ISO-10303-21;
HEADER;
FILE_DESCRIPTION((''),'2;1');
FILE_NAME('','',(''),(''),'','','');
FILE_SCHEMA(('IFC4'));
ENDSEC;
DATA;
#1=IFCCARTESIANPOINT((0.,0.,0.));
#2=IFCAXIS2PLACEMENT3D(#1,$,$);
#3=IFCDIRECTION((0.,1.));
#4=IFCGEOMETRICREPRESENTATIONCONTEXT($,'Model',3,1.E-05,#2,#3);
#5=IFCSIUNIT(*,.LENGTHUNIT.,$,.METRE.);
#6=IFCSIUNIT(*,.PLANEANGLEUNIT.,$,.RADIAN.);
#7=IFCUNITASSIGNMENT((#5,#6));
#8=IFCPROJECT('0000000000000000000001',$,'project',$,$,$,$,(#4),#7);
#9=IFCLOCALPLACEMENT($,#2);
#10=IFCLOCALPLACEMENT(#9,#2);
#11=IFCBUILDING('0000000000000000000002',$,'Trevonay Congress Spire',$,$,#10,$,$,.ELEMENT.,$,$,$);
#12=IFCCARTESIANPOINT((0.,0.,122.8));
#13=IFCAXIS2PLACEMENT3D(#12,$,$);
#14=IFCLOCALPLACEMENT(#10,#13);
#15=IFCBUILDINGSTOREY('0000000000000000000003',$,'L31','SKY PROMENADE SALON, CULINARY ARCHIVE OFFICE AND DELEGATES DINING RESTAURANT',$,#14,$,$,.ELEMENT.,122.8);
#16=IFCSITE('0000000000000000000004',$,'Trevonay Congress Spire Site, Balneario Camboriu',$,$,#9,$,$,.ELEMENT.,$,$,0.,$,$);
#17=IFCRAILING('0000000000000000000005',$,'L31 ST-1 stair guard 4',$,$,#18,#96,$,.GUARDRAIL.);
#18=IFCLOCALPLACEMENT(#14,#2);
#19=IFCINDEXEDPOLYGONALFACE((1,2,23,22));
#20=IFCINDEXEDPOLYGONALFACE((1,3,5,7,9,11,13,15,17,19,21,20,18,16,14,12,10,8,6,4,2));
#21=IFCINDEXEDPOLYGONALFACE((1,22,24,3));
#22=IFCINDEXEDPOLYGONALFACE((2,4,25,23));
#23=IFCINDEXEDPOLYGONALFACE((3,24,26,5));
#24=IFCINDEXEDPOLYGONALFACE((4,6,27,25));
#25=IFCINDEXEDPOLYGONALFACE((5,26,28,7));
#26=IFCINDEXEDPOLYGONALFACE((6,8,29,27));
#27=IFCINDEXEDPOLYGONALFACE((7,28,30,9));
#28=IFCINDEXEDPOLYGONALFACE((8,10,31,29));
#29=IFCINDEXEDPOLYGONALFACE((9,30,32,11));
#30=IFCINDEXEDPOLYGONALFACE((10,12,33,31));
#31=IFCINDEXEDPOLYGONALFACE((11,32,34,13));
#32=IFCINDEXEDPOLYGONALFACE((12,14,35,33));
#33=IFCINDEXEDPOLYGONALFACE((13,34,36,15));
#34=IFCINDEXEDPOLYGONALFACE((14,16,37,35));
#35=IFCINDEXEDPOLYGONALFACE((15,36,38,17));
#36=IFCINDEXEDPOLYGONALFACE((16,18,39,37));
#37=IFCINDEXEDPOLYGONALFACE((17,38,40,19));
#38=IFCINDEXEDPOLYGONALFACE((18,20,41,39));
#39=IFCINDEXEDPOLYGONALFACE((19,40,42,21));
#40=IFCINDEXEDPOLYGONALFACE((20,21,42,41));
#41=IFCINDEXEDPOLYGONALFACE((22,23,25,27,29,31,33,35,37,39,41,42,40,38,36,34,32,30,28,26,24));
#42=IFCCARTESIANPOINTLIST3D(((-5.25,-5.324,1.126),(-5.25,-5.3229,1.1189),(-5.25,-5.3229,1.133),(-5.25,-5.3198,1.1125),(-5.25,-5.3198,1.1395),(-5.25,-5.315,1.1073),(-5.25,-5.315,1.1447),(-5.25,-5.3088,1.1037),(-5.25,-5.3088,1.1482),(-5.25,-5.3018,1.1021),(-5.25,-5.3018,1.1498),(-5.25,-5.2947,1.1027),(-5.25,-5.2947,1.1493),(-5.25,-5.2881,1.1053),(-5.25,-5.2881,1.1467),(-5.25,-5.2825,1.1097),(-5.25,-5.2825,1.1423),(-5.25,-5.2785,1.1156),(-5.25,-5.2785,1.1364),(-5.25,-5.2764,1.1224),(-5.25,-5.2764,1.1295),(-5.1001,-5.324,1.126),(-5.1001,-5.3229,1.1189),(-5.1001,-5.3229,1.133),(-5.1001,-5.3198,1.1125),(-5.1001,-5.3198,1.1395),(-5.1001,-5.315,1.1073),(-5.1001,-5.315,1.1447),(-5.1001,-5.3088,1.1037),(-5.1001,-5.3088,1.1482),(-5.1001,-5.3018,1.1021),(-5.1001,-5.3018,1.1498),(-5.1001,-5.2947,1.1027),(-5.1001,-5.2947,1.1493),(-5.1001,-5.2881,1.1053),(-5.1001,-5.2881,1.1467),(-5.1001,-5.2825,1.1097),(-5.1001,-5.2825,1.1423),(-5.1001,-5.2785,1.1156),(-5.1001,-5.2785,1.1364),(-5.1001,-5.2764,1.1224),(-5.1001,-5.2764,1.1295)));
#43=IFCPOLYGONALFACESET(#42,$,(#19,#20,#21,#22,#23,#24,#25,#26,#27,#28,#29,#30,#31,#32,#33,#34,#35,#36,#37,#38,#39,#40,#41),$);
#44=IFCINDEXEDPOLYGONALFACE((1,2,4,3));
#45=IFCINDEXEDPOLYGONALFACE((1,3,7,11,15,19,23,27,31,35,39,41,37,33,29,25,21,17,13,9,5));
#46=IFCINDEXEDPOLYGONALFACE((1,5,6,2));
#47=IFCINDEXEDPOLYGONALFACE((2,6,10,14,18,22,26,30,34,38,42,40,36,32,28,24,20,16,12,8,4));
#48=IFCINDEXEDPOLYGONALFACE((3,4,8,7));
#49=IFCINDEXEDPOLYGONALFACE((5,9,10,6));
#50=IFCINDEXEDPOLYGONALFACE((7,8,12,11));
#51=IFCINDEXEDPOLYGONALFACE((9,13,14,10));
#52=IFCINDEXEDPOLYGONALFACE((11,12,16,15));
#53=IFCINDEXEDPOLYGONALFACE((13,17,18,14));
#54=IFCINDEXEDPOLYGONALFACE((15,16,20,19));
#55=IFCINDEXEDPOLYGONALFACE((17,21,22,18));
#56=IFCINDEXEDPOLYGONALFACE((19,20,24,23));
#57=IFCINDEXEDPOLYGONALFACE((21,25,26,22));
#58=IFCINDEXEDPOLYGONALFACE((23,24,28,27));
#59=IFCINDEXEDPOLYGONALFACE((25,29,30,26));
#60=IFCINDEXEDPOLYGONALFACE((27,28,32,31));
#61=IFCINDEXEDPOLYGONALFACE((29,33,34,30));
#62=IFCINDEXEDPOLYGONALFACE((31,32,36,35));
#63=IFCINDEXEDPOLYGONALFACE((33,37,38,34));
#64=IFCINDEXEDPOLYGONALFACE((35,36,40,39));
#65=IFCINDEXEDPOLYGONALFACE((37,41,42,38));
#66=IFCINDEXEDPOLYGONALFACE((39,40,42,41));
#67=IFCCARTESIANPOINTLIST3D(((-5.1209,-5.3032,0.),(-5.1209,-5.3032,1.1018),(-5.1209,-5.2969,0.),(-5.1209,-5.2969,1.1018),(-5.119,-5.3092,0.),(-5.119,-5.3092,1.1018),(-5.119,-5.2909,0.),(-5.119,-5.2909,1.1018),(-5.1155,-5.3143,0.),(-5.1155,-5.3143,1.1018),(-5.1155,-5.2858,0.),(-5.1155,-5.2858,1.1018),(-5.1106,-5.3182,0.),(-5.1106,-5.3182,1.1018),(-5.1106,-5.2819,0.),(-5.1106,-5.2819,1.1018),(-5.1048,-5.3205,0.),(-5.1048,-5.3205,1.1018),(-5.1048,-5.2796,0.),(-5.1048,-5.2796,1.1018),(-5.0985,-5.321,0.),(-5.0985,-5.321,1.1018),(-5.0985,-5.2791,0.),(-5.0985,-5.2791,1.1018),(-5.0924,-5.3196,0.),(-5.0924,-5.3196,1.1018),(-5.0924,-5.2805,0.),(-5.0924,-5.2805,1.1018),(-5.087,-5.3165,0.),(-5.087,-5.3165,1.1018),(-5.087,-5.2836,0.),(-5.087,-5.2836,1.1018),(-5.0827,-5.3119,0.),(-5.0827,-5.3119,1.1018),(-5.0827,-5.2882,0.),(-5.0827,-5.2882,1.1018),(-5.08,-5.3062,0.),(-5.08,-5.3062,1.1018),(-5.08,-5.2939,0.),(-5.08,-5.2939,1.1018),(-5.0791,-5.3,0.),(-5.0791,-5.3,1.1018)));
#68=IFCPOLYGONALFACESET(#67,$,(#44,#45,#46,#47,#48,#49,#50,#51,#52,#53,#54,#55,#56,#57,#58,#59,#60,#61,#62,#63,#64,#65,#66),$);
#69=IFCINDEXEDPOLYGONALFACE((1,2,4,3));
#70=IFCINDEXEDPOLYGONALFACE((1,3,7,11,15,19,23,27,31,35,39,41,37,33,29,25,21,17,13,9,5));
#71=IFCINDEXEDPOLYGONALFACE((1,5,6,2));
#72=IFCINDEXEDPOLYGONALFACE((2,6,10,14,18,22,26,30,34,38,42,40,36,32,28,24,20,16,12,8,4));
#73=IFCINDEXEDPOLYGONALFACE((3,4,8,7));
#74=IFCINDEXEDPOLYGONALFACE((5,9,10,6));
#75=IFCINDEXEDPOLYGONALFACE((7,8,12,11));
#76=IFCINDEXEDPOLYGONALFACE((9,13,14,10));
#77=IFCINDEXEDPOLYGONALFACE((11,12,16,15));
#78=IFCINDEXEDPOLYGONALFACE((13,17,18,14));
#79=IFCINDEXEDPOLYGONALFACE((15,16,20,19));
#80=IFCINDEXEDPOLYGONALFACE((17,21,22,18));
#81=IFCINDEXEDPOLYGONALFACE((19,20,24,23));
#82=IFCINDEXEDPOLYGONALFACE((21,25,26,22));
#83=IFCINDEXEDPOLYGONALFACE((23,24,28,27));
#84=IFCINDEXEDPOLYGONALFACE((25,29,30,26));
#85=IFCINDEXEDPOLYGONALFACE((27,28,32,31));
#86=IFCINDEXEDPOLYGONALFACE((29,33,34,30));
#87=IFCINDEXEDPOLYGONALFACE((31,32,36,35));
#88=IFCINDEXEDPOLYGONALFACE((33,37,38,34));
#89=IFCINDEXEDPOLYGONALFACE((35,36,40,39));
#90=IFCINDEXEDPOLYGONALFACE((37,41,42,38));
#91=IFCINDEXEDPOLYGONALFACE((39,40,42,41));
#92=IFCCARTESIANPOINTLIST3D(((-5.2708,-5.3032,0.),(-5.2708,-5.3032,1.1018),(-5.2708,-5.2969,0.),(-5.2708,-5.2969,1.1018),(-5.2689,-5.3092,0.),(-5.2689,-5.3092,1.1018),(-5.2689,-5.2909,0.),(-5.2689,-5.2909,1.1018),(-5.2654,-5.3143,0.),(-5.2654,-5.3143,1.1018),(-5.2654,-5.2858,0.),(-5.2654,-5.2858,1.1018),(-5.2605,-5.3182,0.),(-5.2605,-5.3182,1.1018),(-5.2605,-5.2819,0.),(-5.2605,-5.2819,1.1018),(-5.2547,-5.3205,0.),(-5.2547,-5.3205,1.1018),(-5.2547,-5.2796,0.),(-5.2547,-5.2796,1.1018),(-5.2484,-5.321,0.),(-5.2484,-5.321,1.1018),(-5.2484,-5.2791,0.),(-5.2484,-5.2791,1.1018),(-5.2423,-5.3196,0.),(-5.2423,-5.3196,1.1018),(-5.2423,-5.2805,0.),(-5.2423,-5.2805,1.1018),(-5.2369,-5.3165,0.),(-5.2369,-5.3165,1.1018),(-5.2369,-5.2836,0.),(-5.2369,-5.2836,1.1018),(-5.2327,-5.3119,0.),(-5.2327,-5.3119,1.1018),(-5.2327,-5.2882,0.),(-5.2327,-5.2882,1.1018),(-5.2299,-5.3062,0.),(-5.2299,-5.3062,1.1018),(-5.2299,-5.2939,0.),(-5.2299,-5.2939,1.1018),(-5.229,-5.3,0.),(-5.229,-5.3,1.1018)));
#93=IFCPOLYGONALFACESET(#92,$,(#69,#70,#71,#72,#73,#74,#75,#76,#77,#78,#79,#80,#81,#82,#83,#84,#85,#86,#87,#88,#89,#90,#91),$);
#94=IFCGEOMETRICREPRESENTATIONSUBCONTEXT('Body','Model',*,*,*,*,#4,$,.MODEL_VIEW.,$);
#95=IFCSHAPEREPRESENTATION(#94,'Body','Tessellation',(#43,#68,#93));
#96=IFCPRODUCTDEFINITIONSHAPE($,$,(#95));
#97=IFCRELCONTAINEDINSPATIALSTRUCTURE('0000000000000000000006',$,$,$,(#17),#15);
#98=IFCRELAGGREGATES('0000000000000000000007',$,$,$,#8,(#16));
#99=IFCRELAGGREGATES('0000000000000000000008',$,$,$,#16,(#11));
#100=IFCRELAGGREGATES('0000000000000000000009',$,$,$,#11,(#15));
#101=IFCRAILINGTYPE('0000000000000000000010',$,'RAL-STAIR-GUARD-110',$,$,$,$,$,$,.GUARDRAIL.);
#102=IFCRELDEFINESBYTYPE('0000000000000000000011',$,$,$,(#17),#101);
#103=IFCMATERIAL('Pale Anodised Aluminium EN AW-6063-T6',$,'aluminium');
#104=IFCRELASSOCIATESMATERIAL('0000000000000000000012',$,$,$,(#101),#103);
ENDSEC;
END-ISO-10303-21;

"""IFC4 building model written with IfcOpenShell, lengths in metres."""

from ifc_helpers import new_model, si_unit, direction, frame, origin, origin_2d, place, context, subcontext, project, spatial, circle, extrude, material, type_object, element, save


model = new_model("IFC4")

# Units and contexts
model_context = context("Model", 3, precision=1e-05, world=origin(), true_north=direction((0.0, 1.0)))
body_context = subcontext(model_context, "Body", "Model", "MODEL_VIEW")
ifc_project = project(units=[si_unit("LENGTHUNIT", "METRE"), si_unit("PLANEANGLEUNIT", "RADIAN")], contexts=[model_context])

# Site, building, storey
site_placement = place(None, origin())
site = spatial("IfcSite", under=ifc_project, at=site_placement, Name="Trevonay Congress Spire Site, Balneario Camboriu", CompositionType="ELEMENT", RefElevation=0.0)
building_placement = place(site_placement, origin())
building = spatial("IfcBuilding", under=site, at=building_placement, Name="Trevonay Congress Spire", CompositionType="ELEMENT")
storey_placement = place(building_placement, frame((0.0, 0.0, 122.8)))
storey = spatial("IfcBuildingStorey", under=building, at=storey_placement, Name="L31", Description="SKY PROMENADE SALON, CULINARY ARCHIVE OFFICE AND DELEGATES DINING RESTAURANT", CompositionType="ELEMENT", Elevation=122.8)

# Railing
ifc_material_1 = material(Name="Pale Anodised Aluminium EN AW-6063-T6", Category="aluminium")
railing_type_1 = type_object("IfcRailingType", Name="RAL-STAIR-GUARD-110", PredefinedType="GUARDRAIL", material=ifc_material_1)
railing_1_placement = place(storey_placement, frame((-5.1001, -5.3, 0.0)))
element("IfcRailing", 1, at=railing_1_placement, inside=storey, type_object=railing_type_1, Name="L31 ST-1 stair guard 4", PredefinedType="GUARDRAIL", context=body_context, shape_type="SweptSolid", body=[
    extrude(circle(Radius=0.0239, at=origin_2d()), frame((0.0, 0.0, 1.126), z_axis=(-1.0, 0.0, 0.0), x_axis=(0.0, -1.0, 0.0)), (0.0, 0.0, 1.0), 0.1499),
    extrude(circle(Radius=0.021, at=origin_2d()), origin(), (0.0, 0.0, 1.0), 1.1018),
    extrude(circle(Radius=0.021, at=origin_2d()), frame((-0.1499, 0.0, 0.0)), (0.0, 0.0, 1.0), 1.1018),
])

save(model, "model.ifc")
